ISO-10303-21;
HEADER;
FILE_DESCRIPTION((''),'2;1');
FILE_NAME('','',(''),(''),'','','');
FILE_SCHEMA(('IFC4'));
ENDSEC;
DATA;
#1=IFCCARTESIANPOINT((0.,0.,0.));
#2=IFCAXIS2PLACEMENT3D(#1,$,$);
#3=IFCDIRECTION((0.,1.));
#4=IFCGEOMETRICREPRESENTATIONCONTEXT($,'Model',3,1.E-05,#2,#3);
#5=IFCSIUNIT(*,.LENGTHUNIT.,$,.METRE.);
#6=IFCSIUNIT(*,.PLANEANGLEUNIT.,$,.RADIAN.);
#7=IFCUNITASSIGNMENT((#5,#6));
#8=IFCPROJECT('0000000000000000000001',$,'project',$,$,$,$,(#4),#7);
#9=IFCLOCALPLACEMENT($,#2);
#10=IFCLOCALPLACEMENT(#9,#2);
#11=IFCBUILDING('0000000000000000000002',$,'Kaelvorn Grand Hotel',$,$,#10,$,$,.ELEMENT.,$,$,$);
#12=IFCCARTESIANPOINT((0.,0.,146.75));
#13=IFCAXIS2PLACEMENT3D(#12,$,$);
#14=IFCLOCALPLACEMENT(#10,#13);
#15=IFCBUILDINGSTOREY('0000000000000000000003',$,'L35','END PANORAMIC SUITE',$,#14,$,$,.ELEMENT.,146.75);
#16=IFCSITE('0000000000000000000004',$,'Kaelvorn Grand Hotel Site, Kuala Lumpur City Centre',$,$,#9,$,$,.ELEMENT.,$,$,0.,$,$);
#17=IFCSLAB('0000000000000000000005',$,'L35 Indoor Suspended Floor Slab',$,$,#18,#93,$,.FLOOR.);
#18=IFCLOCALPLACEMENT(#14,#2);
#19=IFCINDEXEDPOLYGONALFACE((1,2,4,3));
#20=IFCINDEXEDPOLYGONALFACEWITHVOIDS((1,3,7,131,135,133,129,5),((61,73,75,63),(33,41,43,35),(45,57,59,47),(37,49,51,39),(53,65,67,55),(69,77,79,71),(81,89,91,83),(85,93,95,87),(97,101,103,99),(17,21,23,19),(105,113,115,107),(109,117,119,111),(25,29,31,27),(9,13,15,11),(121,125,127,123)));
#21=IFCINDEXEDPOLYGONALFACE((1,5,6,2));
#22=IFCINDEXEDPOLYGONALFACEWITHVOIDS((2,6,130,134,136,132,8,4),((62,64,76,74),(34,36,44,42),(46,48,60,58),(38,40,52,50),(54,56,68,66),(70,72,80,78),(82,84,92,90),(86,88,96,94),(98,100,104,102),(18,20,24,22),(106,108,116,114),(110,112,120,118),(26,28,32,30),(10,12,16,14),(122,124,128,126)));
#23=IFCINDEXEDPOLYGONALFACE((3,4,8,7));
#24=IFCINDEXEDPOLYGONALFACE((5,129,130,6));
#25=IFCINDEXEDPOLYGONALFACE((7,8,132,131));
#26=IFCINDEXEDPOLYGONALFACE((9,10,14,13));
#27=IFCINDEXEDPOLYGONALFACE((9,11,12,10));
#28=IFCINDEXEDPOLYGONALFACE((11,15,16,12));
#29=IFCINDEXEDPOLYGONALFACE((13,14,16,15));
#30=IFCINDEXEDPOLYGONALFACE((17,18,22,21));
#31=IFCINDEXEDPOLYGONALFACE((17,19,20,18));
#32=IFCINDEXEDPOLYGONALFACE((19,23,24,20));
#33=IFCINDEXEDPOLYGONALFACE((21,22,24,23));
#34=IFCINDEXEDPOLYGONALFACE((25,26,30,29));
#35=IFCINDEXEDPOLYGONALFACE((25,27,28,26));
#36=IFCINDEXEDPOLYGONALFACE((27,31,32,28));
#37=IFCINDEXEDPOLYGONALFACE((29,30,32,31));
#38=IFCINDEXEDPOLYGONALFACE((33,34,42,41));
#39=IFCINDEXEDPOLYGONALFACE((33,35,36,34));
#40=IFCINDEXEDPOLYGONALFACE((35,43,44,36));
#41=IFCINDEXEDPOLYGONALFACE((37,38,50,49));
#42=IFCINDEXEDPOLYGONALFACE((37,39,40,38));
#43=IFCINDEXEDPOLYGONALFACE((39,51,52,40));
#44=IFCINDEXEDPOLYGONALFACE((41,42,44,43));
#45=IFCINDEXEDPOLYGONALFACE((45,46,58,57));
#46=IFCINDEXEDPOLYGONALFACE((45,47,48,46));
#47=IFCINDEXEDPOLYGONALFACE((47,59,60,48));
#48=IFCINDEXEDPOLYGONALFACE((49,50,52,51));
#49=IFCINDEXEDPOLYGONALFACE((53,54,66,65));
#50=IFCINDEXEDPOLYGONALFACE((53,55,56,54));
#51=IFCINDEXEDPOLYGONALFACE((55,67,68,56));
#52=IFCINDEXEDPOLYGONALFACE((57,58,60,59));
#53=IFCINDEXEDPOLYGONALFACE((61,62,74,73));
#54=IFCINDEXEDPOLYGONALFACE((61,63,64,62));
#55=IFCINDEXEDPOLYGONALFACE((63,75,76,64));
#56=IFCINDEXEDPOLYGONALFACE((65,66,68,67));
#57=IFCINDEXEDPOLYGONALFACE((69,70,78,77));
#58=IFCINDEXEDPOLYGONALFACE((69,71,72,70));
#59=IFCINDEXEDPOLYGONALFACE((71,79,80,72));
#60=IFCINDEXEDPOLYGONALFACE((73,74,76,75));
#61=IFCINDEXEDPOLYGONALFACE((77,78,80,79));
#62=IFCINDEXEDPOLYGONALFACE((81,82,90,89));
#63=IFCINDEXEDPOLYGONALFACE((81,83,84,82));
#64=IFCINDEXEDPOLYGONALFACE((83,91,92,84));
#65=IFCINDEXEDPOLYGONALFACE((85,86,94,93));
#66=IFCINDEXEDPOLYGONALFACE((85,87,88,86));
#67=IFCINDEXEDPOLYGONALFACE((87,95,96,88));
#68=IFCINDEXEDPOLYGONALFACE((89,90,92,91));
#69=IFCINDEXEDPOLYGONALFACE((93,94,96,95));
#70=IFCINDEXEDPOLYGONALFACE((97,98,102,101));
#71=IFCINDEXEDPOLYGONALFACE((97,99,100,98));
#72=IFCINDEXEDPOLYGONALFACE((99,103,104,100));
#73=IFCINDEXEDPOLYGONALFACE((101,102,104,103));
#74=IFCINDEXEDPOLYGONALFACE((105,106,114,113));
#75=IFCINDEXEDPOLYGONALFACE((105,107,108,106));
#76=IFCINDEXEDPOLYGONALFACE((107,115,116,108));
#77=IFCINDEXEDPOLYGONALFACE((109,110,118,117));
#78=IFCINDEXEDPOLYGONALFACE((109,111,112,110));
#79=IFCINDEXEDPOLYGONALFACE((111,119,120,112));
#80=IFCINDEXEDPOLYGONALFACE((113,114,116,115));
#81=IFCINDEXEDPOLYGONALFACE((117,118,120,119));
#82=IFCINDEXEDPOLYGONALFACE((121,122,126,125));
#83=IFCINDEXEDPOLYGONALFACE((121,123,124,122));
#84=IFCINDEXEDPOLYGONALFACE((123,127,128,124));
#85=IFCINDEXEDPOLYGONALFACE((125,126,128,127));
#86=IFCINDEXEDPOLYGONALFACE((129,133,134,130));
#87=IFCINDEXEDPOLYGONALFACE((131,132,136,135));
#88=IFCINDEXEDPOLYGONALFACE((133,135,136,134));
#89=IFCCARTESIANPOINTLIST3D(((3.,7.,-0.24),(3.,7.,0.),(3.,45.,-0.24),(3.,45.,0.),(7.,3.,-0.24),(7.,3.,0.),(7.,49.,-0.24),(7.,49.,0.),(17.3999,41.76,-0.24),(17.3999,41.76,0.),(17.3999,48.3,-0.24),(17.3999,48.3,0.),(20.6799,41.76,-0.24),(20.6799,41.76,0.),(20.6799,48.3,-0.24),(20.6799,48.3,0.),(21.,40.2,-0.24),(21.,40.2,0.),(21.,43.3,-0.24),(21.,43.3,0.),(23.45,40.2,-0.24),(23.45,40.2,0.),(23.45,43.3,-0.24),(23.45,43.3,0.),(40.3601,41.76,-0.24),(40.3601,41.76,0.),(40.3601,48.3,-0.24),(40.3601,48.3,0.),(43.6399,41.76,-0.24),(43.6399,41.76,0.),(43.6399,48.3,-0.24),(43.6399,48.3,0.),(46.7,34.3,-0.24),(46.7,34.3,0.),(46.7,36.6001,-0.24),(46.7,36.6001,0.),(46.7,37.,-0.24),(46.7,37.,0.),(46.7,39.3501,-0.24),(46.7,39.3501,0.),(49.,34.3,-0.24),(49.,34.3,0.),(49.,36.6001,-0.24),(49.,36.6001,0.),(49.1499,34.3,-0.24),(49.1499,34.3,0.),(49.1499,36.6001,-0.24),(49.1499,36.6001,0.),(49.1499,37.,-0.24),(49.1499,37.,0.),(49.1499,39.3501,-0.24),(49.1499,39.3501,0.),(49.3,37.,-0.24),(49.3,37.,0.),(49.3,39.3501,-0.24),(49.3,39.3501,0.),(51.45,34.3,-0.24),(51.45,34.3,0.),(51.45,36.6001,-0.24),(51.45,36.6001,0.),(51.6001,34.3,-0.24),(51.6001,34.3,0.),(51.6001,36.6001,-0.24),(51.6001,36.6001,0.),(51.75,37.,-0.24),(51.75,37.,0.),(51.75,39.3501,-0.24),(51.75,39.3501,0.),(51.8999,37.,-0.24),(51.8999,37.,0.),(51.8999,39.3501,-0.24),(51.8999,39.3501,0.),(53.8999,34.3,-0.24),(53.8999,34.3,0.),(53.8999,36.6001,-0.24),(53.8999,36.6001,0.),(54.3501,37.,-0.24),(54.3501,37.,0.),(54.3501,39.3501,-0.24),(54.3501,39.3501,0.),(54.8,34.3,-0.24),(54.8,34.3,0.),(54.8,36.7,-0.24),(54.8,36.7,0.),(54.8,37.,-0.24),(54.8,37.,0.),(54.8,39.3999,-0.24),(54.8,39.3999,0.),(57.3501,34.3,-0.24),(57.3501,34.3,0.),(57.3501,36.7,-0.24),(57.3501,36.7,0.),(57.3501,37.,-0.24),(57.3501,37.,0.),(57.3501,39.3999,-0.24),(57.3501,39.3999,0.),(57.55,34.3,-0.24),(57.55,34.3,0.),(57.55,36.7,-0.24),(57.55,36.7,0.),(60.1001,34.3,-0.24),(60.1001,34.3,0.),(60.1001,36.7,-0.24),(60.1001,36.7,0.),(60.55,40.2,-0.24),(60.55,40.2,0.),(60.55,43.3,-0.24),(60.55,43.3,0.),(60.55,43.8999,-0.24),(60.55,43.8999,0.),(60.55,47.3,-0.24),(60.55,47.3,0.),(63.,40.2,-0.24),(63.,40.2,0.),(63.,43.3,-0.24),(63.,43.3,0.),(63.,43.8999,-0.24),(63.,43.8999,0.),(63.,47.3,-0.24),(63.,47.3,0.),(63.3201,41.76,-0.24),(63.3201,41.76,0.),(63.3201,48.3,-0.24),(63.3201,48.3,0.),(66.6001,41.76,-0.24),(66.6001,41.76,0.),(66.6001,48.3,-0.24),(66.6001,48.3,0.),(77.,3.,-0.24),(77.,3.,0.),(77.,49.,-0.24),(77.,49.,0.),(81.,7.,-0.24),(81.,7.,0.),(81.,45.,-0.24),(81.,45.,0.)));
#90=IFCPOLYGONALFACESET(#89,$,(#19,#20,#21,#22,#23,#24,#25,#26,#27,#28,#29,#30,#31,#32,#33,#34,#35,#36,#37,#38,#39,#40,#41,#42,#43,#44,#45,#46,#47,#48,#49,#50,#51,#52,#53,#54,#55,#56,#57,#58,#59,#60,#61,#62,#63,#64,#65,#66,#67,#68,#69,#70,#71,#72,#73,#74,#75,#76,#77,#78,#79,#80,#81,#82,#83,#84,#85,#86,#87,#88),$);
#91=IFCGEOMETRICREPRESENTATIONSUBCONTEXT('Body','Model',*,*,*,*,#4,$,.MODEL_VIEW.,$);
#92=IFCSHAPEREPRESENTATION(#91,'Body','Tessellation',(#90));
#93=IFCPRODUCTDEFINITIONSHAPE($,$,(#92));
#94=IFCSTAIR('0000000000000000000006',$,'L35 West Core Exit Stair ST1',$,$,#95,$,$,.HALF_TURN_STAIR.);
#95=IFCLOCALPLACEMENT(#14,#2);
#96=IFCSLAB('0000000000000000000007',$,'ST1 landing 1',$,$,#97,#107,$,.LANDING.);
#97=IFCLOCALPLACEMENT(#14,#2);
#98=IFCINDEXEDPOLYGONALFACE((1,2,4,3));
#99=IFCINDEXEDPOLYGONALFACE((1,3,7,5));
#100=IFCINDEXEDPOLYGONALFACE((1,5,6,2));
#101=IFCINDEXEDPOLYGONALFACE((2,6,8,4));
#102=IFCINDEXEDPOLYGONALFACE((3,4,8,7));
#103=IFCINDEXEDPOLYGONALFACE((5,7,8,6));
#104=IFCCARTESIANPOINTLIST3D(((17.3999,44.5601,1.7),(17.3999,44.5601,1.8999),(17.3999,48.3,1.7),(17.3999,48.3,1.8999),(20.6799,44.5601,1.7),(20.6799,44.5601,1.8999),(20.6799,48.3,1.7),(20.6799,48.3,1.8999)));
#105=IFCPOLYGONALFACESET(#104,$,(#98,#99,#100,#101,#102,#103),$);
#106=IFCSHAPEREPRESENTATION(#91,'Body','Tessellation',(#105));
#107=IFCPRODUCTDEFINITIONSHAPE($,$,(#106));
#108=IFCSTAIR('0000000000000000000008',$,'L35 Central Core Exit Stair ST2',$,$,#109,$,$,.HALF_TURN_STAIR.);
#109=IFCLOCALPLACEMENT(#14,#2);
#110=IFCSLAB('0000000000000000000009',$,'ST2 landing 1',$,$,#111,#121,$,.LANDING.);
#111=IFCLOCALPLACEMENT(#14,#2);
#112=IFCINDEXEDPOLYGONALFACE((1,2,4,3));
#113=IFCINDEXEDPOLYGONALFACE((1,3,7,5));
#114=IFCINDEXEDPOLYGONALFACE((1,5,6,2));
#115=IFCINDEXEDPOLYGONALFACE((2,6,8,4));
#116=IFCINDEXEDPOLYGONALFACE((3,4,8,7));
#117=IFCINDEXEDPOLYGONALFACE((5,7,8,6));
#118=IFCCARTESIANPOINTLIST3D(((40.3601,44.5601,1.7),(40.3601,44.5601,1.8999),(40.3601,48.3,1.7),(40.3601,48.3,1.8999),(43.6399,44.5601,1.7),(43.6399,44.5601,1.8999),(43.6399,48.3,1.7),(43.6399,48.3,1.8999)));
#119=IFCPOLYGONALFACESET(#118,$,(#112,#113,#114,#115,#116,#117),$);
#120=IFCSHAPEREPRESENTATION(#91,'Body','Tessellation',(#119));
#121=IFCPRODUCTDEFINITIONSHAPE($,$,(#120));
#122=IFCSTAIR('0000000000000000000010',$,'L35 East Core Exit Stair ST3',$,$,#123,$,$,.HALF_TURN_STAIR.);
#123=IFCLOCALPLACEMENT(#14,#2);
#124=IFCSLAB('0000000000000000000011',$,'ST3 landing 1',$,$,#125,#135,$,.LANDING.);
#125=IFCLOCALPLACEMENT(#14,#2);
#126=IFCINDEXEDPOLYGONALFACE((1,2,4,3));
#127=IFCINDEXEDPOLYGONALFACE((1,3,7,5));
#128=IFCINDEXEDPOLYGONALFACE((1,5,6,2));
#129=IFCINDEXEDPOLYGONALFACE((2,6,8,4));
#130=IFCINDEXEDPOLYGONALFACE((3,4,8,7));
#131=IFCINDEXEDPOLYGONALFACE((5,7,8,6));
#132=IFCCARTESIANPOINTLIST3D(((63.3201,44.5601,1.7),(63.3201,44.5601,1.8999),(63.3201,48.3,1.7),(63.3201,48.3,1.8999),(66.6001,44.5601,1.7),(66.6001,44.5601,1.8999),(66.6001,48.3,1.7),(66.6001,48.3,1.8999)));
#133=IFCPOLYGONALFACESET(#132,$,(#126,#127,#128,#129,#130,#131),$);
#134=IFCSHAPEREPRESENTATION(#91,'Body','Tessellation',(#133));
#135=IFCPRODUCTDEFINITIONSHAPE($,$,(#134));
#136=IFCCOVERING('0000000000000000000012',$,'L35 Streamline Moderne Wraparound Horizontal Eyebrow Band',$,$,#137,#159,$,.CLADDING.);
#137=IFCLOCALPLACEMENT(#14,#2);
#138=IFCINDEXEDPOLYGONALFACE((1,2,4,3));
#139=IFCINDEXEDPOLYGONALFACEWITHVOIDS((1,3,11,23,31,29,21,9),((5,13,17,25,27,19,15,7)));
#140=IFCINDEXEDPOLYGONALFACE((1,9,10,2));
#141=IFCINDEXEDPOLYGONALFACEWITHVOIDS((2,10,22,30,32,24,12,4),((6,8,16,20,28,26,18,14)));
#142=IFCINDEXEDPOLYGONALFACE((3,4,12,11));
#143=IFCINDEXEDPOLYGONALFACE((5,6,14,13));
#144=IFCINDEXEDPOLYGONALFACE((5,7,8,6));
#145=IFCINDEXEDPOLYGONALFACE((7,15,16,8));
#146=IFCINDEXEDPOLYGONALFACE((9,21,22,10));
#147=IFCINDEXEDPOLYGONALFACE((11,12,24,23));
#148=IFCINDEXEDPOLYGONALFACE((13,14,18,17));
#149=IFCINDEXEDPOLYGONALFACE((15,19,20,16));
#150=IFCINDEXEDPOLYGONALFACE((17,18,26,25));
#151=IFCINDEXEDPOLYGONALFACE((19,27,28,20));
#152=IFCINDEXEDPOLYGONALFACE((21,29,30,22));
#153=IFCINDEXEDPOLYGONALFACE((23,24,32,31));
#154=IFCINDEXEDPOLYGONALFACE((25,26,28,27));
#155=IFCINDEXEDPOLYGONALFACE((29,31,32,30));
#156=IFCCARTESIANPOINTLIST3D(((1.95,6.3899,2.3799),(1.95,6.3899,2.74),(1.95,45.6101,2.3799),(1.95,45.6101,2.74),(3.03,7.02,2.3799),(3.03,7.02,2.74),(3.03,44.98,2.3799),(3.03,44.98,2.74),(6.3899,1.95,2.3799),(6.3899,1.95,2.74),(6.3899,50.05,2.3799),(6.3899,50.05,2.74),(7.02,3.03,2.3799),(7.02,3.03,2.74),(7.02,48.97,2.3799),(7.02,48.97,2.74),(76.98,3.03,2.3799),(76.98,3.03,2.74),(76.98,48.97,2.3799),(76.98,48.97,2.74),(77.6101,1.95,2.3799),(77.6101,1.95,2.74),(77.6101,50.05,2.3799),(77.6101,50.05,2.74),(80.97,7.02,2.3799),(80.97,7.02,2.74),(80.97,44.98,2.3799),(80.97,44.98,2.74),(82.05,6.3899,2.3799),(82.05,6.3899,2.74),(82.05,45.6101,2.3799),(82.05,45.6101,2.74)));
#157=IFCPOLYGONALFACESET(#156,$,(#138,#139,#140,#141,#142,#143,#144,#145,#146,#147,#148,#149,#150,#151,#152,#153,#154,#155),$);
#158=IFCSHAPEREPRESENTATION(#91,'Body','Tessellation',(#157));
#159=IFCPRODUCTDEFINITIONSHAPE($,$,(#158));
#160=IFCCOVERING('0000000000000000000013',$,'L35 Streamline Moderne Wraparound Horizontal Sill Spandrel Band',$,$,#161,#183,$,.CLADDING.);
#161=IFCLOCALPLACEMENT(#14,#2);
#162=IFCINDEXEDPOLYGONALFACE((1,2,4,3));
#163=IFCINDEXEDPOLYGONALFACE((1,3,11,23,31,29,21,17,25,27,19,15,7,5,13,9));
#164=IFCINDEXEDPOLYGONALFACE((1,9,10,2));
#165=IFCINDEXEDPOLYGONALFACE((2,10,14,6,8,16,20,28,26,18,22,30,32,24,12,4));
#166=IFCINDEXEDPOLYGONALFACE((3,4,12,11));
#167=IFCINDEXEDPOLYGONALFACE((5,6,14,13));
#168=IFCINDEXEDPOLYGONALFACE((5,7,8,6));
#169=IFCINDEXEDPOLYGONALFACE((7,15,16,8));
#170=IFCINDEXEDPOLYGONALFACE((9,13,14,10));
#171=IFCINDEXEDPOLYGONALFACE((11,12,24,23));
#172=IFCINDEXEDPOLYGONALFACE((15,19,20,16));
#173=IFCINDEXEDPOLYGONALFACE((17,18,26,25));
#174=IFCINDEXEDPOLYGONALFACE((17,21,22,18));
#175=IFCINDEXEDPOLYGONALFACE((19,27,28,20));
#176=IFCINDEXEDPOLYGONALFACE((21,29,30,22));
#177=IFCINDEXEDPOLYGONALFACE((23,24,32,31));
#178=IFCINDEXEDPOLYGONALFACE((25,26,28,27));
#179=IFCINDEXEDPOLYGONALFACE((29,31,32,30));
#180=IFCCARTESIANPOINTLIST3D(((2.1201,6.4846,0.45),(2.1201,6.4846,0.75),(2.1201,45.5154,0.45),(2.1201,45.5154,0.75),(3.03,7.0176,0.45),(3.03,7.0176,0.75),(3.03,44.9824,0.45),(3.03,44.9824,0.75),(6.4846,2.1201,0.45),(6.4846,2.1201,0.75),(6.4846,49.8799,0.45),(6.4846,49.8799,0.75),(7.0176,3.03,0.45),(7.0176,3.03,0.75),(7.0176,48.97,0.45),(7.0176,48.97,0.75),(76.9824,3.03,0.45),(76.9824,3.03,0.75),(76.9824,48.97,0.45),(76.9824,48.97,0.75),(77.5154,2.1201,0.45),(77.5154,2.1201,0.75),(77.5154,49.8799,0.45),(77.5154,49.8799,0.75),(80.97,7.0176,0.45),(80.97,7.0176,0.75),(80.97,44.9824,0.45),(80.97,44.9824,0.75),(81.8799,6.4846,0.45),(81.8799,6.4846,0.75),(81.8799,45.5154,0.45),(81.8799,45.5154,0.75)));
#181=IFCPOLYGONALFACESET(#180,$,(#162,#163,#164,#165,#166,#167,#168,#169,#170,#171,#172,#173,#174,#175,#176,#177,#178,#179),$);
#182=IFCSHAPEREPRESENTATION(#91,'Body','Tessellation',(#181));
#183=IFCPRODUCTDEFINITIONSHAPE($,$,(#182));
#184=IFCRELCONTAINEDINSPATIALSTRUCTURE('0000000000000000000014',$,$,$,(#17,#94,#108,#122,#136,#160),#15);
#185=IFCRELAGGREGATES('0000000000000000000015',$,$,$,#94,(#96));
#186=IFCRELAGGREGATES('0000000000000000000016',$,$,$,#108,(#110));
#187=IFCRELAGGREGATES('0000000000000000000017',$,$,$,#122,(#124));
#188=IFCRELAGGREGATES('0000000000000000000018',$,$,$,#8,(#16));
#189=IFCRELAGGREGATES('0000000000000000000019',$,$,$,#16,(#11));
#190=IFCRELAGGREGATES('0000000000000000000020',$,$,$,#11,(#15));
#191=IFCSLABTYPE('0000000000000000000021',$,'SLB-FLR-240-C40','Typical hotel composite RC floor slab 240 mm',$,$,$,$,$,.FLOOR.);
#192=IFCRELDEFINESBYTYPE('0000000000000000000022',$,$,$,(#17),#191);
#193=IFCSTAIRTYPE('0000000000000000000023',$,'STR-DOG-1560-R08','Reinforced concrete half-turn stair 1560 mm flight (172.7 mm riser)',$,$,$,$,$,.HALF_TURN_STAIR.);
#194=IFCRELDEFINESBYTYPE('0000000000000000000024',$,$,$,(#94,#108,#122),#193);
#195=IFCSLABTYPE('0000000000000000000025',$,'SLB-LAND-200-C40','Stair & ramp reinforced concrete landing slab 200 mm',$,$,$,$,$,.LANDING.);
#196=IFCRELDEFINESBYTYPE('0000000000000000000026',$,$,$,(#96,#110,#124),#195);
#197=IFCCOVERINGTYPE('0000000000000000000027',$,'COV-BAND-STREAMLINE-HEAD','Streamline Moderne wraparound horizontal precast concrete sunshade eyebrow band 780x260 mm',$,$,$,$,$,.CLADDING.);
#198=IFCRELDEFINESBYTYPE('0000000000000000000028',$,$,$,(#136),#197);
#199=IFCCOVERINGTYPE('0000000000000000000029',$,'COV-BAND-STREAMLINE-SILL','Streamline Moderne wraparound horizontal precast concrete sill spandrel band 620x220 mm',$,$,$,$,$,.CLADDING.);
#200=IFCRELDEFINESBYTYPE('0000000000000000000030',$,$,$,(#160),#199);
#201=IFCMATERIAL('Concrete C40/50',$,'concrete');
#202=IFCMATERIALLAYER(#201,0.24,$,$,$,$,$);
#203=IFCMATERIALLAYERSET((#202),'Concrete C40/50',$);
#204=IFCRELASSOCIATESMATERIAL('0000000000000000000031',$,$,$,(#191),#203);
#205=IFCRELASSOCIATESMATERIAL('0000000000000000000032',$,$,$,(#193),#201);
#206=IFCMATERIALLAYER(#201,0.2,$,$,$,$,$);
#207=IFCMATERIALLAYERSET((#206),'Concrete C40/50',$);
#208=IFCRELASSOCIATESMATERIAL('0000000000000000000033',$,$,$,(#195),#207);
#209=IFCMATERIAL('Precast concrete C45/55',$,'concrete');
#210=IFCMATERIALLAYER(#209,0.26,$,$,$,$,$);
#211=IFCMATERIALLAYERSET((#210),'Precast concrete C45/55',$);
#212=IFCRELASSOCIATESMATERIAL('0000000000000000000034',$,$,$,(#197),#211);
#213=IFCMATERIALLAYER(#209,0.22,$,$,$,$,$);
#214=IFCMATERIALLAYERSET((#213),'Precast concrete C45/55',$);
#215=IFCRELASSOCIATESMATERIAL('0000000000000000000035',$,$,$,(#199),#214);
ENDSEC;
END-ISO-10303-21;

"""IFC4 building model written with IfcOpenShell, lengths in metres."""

from ifc_helpers import new_model, si_unit, direction, frame, origin, place, context, subcontext, project, spatial, polyline, outline, extrude, material, layer, layer_set, type_object, element, aggregate, save


model = new_model("IFC4")

# Units and contexts
model_context = context("Model", 3, precision=1e-05, world=origin(), true_north=direction((0.0, 1.0)))
body_context = subcontext(model_context, "Body", "Model", "MODEL_VIEW")
ifc_project = project(units=[si_unit("LENGTHUNIT", "METRE"), si_unit("PLANEANGLEUNIT", "RADIAN")], contexts=[model_context])

# Site, building, storey
site_placement = place(None, origin())
site = spatial("IfcSite", under=ifc_project, at=site_placement, Name="Kaelvorn Grand Hotel Site, Kuala Lumpur City Centre", CompositionType="ELEMENT", RefElevation=0.0)
building_placement = place(site_placement, origin())
building = spatial("IfcBuilding", under=site, at=building_placement, Name="Kaelvorn Grand Hotel", CompositionType="ELEMENT")
storey_placement = place(building_placement, frame((0.0, 0.0, 146.75)))
storey = spatial("IfcBuildingStorey", under=building, at=storey_placement, Name="L35", Description="END PANORAMIC SUITE", CompositionType="ELEMENT", Elevation=146.75)

# Slab
ifc_material_1 = material(Name="Concrete C40/50", Category="concrete")
ifc_layer_1 = layer(ifc_material_1, 0.24)
ifc_layer_set_1 = layer_set([ifc_layer_1], Name="Concrete C40/50")
slab_type_1 = type_object("IfcSlabType", Name="SLB-FLR-240-C40", Description="Typical hotel composite RC floor slab 240 mm", PredefinedType="FLOOR", material=ifc_layer_set_1)
slab_1_placement = place(storey_placement, frame((0.0, 0.0, -0.24)))
element("IfcSlab", 1, at=slab_1_placement, inside=storey, type_object=slab_type_1, Name="L35 Indoor Suspended Floor Slab", PredefinedType="FLOOR", context=body_context, shape_type="SweptSolid", body=[
    extrude(outline(polyline([(7.0, 3.0), (77.0, 3.0), (81.0, 7.0), (81.0, 45.0), (77.0, 49.0), (7.0, 49.0), (3.0, 45.0), (3.0, 7.0), (7.0, 3.0)]), holes=[polyline([(17.3999, 41.76), (17.3999, 48.3), (20.6799, 48.3), (20.6799, 41.76), (17.3999, 41.76)]), polyline([(40.3601, 41.76), (40.3601, 48.3), (43.6399, 48.3), (43.6399, 41.76), (40.3601, 41.76)]), polyline([(63.3201, 41.76), (63.3201, 48.3), (66.6001, 48.3), (66.6001, 41.76), (63.3201, 41.76)]), polyline([(46.7, 34.3), (46.7, 36.6001), (49.0, 36.6001), (49.0, 34.3), (46.7, 34.3)]), polyline([(49.1499, 34.3), (49.1499, 36.6001), (51.45, 36.6001), (51.45, 34.3), (49.1499, 34.3)]), polyline([(51.6001, 34.3), (51.6001, 36.6001), (53.8999, 36.6001), (53.8999, 34.3), (51.6001, 34.3)]), polyline([(46.7, 37.0), (46.7, 39.3501), (49.1499, 39.3501), (49.1499, 37.0), (46.7, 37.0)]), polyline([(49.3, 37.0), (49.3, 39.3501), (51.75, 39.3501), (51.75, 37.0), (49.3, 37.0)]), polyline([(51.8999, 37.0), (51.8999, 39.3501), (54.3501, 39.3501), (54.3501, 37.0), (51.8999, 37.0)]), polyline([(54.8, 34.3), (54.8, 36.7), (57.3501, 36.7), (57.3501, 34.3), (54.8, 34.3)]), polyline([(57.55, 34.3), (57.55, 36.7), (60.1001, 36.7), (60.1001, 34.3), (57.55, 34.3)]), polyline([(54.8, 37.0), (54.8, 39.3999), (57.3501, 39.3999), (57.3501, 37.0), (54.8, 37.0)]), polyline([(21.0, 40.2), (21.0, 43.3), (23.45, 43.3), (23.45, 40.2), (21.0, 40.2)]), polyline([(60.55, 40.2), (60.55, 43.3), (63.0, 43.3), (63.0, 40.2), (60.55, 40.2)]), polyline([(60.55, 43.8999), (60.55, 47.3), (63.0, 47.3), (63.0, 43.8999), (60.55, 43.8999)])]), origin(), (0.0, 0.0, 1.0), 0.24),
])

# Stairs, slabs
stair_type = type_object("IfcStairType", Name="STR-DOG-1560-R08", Description="Reinforced concrete half-turn stair 1560 mm flight (172.7 mm riser)", PredefinedType="HALF_TURN_STAIR", material=ifc_material_1)
stair_1_placement = place(storey_placement, origin())
stair_1 = element("IfcStair", 2, at=stair_1_placement, inside=storey, type_object=stair_type, Name="L35 West Core Exit Stair ST1", PredefinedType="HALF_TURN_STAIR")
ifc_layer_2 = layer(ifc_material_1, 0.2)
ifc_layer_set_2 = layer_set([ifc_layer_2], Name="Concrete C40/50")
slab_type_2 = type_object("IfcSlabType", Name="SLB-LAND-200-C40", Description="Stair & ramp reinforced concrete landing slab 200 mm", PredefinedType="LANDING", material=ifc_layer_set_2)
slab_2_placement = place(storey_placement, frame((0.0, 0.0, 1.7)))
slab_2 = element("IfcSlab", 3, at=slab_2_placement, type_object=slab_type_2, Name="ST1 landing 1", PredefinedType="LANDING", context=body_context, shape_type="SweptSolid", body=[
    extrude(outline(polyline([(20.6799, 44.5601), (20.6799, 48.3), (17.3999, 48.3), (17.3999, 44.5601), (20.6799, 44.5601)])), origin(), (0.0, 0.0, 1.0), 0.2),
])
aggregate(stair_1, [slab_2])
stair_2_placement = place(storey_placement, origin())
stair_2 = element("IfcStair", 4, at=stair_2_placement, inside=storey, type_object=stair_type, Name="L35 Central Core Exit Stair ST2", PredefinedType="HALF_TURN_STAIR")
slab_3_placement = place(storey_placement, frame((0.0, 0.0, 1.7)))
slab_3 = element("IfcSlab", 5, at=slab_3_placement, type_object=slab_type_2, Name="ST2 landing 1", PredefinedType="LANDING", context=body_context, shape_type="SweptSolid", body=[
    extrude(outline(polyline([(43.6399, 44.5601), (43.6399, 48.3), (40.3601, 48.3), (40.3601, 44.5601), (43.6399, 44.5601)])), origin(), (0.0, 0.0, 1.0), 0.2),
])
aggregate(stair_2, [slab_3])
stair_3_placement = place(storey_placement, origin())
stair_3 = element("IfcStair", 6, at=stair_3_placement, inside=storey, type_object=stair_type, Name="L35 East Core Exit Stair ST3", PredefinedType="HALF_TURN_STAIR")
slab_4_placement = place(storey_placement, frame((0.0, 0.0, 1.7)))
slab_4 = element("IfcSlab", 7, at=slab_4_placement, type_object=slab_type_2, Name="ST3 landing 1", PredefinedType="LANDING", context=body_context, shape_type="SweptSolid", body=[
    extrude(outline(polyline([(66.6001, 44.5601), (66.6001, 48.3), (63.3201, 48.3), (63.3201, 44.5601), (66.6001, 44.5601)])), origin(), (0.0, 0.0, 1.0), 0.2),
])
aggregate(stair_3, [slab_4])

# Coverings
ifc_material_2 = material(Name="Precast concrete C45/55", Category="concrete")
ifc_layer_3 = layer(ifc_material_2, 0.26)
ifc_layer_set_3 = layer_set([ifc_layer_3], Name="Precast concrete C45/55")
covering_type_1 = type_object("IfcCoveringType", Name="COV-BAND-STREAMLINE-HEAD", Description="Streamline Moderne wraparound horizontal precast concrete sunshade eyebrow band 780x260 mm", PredefinedType="CLADDING", material=ifc_layer_set_3)
covering_1_placement = place(storey_placement, frame((0.0, 0.0, 2.3799)))
element("IfcCovering", 8, at=covering_1_placement, inside=storey, type_object=covering_type_1, Name="L35 Streamline Moderne Wraparound Horizontal Eyebrow Band", PredefinedType="CLADDING", context=body_context, shape_type="SweptSolid", body=[
    extrude(outline(polyline([(6.3899, 1.95), (77.6101, 1.95), (82.05, 6.3899), (82.05, 45.6101), (77.6101, 50.05), (6.3899, 50.05), (1.95, 45.6101), (1.95, 6.3899), (6.3899, 1.95)]), holes=[polyline([(7.02, 3.03), (76.98, 3.03), (80.97, 7.02), (80.97, 44.98), (76.98, 48.97), (7.02, 48.97), (3.03, 44.98), (3.03, 7.02), (7.02, 3.03)])]), origin(), (0.0, 0.0, 1.0), 0.3601),
])
ifc_layer_4 = layer(ifc_material_2, 0.22)
ifc_layer_set_4 = layer_set([ifc_layer_4], Name="Precast concrete C45/55")
covering_type_2 = type_object("IfcCoveringType", Name="COV-BAND-STREAMLINE-SILL", Description="Streamline Moderne wraparound horizontal precast concrete sill spandrel band 620x220 mm", PredefinedType="CLADDING", material=ifc_layer_set_4)
covering_2_placement = place(storey_placement, frame((0.0, 0.0, 0.45)))
element("IfcCovering", 9, at=covering_2_placement, inside=storey, type_object=covering_type_2, Name="L35 Streamline Moderne Wraparound Horizontal Sill Spandrel Band", PredefinedType="CLADDING", context=body_context, shape_type="SweptSolid", body=[
    extrude(outline(polyline([(77.5154, 2.1201), (81.8799, 6.4846), (81.8799, 45.5154), (77.5154, 49.8799), (6.4846, 49.8799), (2.1201, 45.5154), (2.1201, 6.4846), (6.4846, 2.1201), (7.0176, 3.03), (3.03, 7.0176), (3.03, 44.9824), (7.0176, 48.97), (76.9824, 48.97), (80.97, 44.9824), (80.97, 7.0176), (76.9824, 3.03), (77.5154, 2.1201)])), origin(), (0.0, 0.0, 1.0), 0.3),
])

save(model, "model.ifc")
